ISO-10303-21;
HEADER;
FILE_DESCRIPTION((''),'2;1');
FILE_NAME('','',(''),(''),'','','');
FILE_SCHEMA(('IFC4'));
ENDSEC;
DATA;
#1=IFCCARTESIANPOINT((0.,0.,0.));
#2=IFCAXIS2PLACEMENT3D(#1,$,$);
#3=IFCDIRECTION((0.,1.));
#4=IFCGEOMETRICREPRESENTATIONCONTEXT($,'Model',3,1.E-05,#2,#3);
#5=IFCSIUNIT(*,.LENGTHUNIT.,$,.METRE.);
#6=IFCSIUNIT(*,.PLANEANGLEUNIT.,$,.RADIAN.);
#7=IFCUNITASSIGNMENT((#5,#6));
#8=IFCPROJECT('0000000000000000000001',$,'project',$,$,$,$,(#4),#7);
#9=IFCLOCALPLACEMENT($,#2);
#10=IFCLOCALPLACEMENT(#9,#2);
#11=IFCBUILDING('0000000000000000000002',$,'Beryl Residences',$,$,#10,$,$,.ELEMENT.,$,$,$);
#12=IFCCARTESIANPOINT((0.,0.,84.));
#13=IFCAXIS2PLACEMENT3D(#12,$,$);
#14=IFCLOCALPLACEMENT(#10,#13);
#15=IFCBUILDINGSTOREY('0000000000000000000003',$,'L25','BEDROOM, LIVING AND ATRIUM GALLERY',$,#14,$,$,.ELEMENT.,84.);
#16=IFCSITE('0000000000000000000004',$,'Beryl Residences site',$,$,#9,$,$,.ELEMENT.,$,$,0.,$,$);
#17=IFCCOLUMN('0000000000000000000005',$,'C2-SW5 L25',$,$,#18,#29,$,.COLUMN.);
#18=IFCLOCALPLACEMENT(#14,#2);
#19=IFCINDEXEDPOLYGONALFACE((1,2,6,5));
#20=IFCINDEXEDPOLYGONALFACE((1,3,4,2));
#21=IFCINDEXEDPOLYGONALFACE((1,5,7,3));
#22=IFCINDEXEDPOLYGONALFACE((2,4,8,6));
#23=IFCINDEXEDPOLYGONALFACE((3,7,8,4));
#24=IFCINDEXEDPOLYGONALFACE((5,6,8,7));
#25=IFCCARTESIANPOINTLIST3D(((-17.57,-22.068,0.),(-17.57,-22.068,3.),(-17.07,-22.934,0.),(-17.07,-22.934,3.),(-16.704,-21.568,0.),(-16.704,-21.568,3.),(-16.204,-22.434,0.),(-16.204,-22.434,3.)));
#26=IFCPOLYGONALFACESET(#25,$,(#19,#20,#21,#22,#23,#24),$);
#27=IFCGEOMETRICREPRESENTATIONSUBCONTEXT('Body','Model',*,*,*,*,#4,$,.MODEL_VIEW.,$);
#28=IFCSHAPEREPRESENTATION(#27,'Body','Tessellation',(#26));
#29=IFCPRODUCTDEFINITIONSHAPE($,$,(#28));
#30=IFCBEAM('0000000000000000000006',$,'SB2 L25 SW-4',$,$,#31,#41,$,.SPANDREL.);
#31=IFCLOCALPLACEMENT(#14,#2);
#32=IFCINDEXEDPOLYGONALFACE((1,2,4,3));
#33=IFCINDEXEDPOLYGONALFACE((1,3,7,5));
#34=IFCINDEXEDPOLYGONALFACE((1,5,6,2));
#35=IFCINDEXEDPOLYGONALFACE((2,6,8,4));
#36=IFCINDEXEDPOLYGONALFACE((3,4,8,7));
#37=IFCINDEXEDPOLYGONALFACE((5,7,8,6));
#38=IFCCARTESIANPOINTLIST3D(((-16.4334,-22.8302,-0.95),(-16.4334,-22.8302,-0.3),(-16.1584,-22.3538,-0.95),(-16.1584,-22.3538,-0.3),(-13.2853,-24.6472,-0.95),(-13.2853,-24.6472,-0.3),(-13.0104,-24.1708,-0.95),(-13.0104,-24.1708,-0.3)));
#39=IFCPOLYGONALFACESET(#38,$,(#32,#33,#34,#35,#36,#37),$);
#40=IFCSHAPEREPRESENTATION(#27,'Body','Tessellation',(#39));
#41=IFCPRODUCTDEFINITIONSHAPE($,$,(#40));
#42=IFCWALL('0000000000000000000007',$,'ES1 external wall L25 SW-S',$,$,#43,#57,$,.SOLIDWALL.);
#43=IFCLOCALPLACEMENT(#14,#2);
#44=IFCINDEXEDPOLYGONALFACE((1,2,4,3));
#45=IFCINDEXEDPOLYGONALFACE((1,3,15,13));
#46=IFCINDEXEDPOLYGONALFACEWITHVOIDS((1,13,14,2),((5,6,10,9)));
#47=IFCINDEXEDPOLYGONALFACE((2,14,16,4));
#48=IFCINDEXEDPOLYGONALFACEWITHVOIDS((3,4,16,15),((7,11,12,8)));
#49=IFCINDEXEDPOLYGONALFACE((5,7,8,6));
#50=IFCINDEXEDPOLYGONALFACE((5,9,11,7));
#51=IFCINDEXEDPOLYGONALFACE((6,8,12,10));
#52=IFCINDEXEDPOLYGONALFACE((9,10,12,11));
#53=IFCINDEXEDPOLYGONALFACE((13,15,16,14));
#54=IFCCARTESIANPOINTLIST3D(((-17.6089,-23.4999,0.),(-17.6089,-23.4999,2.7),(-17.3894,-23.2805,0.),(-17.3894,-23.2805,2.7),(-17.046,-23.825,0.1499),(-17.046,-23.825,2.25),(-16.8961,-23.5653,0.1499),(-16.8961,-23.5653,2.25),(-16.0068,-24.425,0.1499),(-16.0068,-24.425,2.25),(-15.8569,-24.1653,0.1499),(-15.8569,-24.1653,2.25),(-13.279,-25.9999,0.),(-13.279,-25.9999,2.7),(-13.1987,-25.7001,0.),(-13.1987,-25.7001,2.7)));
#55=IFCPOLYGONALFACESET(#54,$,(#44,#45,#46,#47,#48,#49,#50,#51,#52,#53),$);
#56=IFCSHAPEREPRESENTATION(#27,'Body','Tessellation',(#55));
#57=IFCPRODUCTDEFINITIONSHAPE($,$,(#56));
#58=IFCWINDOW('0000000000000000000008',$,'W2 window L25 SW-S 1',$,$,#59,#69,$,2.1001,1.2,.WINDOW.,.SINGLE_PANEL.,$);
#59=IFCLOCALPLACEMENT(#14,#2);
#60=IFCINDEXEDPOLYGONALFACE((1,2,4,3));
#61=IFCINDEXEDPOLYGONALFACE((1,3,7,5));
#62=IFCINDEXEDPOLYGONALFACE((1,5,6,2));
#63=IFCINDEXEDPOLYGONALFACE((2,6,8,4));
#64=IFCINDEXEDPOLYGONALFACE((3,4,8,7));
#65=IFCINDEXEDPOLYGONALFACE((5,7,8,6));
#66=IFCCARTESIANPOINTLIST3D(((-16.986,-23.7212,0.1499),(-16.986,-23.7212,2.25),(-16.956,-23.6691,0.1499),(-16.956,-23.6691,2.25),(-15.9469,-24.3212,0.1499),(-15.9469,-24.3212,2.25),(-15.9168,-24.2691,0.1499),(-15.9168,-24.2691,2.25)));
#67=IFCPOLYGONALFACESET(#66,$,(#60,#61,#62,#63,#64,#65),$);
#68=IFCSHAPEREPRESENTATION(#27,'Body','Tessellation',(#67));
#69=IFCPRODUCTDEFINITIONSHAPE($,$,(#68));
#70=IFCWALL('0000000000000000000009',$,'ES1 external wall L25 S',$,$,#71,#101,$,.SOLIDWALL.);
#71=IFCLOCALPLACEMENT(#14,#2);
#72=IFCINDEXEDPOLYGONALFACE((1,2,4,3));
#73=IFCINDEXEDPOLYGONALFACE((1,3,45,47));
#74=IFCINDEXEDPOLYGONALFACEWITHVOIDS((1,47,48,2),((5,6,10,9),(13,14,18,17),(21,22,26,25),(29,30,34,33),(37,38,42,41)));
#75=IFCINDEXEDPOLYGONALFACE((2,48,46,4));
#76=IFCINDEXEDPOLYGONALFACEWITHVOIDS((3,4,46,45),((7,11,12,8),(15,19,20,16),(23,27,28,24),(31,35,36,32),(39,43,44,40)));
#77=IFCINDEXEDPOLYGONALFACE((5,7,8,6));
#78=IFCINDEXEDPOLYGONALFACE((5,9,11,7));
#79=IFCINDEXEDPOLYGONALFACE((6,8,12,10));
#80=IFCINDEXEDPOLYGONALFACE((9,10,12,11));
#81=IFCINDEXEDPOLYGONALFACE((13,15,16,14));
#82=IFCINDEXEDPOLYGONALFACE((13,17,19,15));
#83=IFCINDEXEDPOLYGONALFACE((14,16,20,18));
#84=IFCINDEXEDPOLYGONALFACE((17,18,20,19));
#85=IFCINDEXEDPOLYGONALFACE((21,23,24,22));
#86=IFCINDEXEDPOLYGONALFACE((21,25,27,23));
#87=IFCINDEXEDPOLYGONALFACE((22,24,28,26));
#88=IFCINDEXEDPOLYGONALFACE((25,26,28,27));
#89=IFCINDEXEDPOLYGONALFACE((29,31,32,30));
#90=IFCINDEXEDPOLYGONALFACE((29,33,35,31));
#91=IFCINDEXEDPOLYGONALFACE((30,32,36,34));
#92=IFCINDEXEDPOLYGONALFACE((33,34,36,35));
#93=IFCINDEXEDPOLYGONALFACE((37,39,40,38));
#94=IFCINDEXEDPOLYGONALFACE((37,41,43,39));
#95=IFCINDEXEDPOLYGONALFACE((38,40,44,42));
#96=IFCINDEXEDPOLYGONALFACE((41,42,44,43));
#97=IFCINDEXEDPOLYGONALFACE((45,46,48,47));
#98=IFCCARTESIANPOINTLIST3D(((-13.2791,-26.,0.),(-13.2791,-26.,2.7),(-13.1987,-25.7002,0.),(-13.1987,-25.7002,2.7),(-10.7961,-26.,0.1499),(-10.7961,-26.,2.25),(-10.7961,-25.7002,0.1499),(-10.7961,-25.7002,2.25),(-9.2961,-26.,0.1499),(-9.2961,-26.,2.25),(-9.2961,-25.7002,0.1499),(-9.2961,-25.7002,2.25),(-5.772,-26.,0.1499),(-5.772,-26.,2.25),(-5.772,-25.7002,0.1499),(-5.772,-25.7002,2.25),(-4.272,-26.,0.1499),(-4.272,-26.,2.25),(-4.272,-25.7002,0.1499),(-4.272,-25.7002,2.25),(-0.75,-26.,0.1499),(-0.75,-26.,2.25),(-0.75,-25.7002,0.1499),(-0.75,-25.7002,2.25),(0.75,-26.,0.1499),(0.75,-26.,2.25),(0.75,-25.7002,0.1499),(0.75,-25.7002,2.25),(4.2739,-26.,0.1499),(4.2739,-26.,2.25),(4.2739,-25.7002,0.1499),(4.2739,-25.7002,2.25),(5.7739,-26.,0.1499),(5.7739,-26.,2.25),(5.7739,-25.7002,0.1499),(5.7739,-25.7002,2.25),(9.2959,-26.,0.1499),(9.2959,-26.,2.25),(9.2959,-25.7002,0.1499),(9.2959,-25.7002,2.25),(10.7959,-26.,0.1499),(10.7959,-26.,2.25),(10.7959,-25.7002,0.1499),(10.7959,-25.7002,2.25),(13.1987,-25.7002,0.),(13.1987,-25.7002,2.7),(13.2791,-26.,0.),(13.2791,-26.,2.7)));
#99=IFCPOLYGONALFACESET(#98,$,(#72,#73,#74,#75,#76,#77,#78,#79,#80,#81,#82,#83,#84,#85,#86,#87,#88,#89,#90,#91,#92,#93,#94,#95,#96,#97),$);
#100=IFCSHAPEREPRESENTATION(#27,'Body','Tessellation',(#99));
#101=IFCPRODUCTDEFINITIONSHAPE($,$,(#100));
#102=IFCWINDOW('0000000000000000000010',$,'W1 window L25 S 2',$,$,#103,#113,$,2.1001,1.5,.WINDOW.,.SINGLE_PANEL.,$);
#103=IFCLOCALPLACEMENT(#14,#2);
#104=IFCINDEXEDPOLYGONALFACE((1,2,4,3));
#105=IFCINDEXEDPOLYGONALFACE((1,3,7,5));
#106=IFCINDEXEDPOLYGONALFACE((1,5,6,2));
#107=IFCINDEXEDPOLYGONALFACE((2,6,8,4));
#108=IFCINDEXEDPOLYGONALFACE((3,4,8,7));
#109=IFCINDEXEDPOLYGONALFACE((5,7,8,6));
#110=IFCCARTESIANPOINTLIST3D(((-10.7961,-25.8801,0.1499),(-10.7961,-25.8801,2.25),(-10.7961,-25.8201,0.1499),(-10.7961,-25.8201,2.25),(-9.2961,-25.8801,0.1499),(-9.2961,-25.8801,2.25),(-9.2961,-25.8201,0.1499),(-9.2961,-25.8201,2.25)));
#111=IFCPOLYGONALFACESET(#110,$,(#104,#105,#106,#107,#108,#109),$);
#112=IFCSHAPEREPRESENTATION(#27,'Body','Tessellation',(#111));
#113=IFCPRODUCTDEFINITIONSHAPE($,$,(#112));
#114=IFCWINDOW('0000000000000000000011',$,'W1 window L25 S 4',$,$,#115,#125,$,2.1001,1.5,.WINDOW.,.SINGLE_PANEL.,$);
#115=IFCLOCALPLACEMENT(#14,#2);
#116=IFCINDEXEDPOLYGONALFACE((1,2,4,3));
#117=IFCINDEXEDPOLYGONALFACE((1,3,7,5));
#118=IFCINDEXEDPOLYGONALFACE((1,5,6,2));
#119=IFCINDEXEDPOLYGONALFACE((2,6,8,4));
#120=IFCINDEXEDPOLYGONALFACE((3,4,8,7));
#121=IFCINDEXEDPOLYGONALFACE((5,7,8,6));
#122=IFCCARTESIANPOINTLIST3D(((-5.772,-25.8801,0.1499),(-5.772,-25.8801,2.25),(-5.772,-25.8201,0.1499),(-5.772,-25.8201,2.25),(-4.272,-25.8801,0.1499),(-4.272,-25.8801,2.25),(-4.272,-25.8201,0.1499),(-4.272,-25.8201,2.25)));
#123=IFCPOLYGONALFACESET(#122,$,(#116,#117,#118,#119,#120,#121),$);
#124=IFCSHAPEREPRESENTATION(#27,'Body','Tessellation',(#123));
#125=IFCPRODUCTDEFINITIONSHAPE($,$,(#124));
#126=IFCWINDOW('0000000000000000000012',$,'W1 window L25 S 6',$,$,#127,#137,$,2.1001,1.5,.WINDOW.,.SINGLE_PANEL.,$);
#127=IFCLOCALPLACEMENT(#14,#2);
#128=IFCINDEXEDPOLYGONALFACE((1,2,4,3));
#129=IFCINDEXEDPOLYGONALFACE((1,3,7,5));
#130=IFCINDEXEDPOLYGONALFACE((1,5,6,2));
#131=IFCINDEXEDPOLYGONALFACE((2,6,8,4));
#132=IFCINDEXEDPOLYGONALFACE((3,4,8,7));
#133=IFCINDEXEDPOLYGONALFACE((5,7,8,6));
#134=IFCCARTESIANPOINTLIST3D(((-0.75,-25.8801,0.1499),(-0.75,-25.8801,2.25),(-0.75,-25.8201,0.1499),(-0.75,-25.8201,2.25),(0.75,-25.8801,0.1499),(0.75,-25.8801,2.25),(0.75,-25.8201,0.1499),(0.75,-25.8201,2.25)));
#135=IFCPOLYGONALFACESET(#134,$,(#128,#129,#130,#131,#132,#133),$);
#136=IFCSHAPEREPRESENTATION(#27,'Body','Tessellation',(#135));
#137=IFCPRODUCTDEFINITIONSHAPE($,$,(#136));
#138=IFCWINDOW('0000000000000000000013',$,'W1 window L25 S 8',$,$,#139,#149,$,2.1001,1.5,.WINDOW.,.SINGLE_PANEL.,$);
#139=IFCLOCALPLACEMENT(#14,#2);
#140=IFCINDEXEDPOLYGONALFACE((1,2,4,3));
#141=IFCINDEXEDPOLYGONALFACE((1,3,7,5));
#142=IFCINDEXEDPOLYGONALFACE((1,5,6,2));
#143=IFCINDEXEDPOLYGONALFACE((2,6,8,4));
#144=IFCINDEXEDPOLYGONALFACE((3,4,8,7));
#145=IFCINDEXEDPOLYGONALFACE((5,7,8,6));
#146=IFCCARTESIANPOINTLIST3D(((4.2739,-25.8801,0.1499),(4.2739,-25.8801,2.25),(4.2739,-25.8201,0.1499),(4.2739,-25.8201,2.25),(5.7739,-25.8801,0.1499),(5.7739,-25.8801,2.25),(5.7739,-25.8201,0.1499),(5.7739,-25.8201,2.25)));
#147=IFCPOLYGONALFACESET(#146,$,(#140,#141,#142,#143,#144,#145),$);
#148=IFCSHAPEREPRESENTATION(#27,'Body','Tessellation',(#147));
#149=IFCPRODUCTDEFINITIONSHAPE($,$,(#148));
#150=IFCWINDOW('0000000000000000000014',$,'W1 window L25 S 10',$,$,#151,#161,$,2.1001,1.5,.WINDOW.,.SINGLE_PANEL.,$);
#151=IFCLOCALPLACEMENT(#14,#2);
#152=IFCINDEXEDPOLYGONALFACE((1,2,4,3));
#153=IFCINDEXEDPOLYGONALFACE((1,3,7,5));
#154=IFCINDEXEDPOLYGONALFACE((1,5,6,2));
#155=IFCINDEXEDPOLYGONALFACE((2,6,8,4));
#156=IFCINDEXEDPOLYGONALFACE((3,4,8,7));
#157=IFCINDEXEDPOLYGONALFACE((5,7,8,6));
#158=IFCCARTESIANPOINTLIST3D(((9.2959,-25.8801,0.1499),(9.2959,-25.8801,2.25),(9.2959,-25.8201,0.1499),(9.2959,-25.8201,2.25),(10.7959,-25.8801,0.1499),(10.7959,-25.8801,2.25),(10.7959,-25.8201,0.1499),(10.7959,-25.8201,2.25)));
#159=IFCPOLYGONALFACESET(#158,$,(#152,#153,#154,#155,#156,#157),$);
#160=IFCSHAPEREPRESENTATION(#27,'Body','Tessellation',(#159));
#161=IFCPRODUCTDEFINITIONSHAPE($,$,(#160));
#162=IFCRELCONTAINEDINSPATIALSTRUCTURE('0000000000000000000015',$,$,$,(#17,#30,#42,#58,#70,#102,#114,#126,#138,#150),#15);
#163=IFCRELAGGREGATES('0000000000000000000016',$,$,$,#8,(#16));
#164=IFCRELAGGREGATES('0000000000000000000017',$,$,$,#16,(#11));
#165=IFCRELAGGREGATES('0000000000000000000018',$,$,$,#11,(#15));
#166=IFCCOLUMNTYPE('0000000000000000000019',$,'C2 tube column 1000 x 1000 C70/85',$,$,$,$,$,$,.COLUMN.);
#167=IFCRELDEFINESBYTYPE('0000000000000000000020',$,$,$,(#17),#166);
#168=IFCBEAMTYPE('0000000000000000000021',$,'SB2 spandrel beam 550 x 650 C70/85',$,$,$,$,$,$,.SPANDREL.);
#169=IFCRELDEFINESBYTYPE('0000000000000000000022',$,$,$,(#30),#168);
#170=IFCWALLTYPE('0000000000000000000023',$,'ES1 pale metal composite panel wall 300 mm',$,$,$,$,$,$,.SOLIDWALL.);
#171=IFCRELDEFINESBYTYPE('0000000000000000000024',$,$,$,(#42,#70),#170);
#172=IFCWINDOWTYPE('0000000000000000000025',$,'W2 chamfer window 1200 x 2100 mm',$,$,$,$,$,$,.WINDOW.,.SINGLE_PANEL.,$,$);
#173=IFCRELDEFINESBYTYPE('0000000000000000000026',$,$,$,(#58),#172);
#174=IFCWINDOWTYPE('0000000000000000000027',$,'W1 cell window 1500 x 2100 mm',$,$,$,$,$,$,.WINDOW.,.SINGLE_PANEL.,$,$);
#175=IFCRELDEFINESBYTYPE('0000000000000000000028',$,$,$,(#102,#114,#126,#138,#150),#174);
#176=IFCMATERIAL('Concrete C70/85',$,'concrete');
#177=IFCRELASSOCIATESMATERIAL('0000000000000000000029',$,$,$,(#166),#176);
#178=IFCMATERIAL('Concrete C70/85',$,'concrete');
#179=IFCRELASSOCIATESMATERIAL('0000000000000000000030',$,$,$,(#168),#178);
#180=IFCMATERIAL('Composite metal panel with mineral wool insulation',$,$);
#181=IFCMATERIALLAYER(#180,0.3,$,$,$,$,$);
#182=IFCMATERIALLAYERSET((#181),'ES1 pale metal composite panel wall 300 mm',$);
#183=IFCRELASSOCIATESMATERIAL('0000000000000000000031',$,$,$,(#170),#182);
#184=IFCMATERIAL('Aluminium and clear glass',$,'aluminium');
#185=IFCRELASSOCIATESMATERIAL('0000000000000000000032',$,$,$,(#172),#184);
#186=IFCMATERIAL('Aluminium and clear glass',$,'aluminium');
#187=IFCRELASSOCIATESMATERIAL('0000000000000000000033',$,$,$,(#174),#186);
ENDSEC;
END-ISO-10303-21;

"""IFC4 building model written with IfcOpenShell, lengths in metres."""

from ifc_helpers import new_model, si_unit, direction, frame, frame_2d, origin, origin_2d, place, context, subcontext, project, spatial, polyline, rectangle, outline, extrude, material, layer, layer_set, material_profile, profile_set, type_object, element, fill, save


model = new_model("IFC4")

# Units and contexts
model_context = context("Model", 3, precision=1e-05, world=origin(), true_north=direction((0.0, 1.0)))
body_context = subcontext(model_context, "Body", "Model", "MODEL_VIEW")
ifc_project = project(units=[si_unit("LENGTHUNIT", "METRE"), si_unit("PLANEANGLEUNIT", "RADIAN")], contexts=[model_context])

# Site, building, storey
site_placement = place(None, origin())
site = spatial("IfcSite", under=ifc_project, at=site_placement, Name="Beryl Residences site", CompositionType="ELEMENT", RefElevation=0.0)
building_placement = place(site_placement, origin())
building = spatial("IfcBuilding", under=site, at=building_placement, Name="Beryl Residences", CompositionType="ELEMENT")
storey_placement = place(building_placement, frame((0.0, 0.0, 84.0)))
storey = spatial("IfcBuildingStorey", under=building, at=storey_placement, Name="L25", Description="BEDROOM, LIVING AND ATRIUM GALLERY", CompositionType="ELEMENT", Elevation=84.0)

# Column
ifc_material_1 = material(Name="Concrete C70/85", Category="concrete")
ifc_material_profile_1 = material_profile(ifc_material_1, rectangle(XDim=1.0, YDim=1.0, at=origin_2d()))
ifc_profile_set_1 = profile_set([ifc_material_profile_1], Name="Concrete C70/85")
column_type = type_object("IfcColumnType", Name="C2 tube column 1000 x 1000 C70/85", PredefinedType="COLUMN", material=ifc_profile_set_1)
column_placement = place(storey_placement, frame((-16.887, -22.251, 0.0), z_axis=(0.0, 0.0, 1.0), x_axis=(0.5, -0.866025, 0.0)))
element("IfcColumn", 1, at=column_placement, inside=storey, type_object=column_type, Name="C2-SW5 L25", PredefinedType="COLUMN", context=body_context, shape_type="SweptSolid", body=[
    extrude(rectangle(XDim=1.0, YDim=1.0, at=origin_2d()), origin(), (0.0, 0.0, 1.0), 3.0),
])

# Beam
ifc_material_2 = material(Name="Concrete C70/85", Category="concrete")
ifc_material_profile_2 = material_profile(ifc_material_2, rectangle(XDim=0.55, YDim=0.6499, at=origin_2d()))
ifc_profile_set_2 = profile_set([ifc_material_profile_2], Name="Concrete C70/85")
beam_type = type_object("IfcBeamType", Name="SB2 spandrel beam 550 x 650 C70/85", PredefinedType="SPANDREL", material=ifc_profile_set_2)
beam_placement = place(storey_placement, frame((-16.2959, -22.592, -0.625), z_axis=(0.866094, -0.499881, 0.0), x_axis=(0.499881, 0.866094, 0.0)))
element("IfcBeam", 2, at=beam_placement, inside=storey, type_object=beam_type, Name="SB2 L25 SW-4", PredefinedType="SPANDREL", context=body_context, shape_type="SweptSolid", body=[
    extrude(rectangle(XDim=0.55, YDim=0.6499, at=origin_2d()), origin(), (0.0, 0.0, 1.0), 3.6348),
])

# Wall, opening, window
ifc_material_3 = material(Name="Composite metal panel with mineral wool insulation")
ifc_layer_1 = layer(ifc_material_3, 0.3)
ifc_layer_set_1 = layer_set([ifc_layer_1], Name="ES1 pale metal composite panel wall 300 mm")
wall_type_1 = type_object("IfcWallType", Name="ES1 pale metal composite panel wall 300 mm", PredefinedType="SOLIDWALL", material=ifc_layer_set_1)
wall_1_placement = place(storey_placement, frame((-17.5339, -23.3701, 0.0), z_axis=(0.0, 0.0, 1.0), x_axis=(0.866011, -0.500025, 0.0)))
wall_1 = element("IfcWall", 3, at=wall_1_placement, inside=storey, type_object=wall_type_1, Name="ES1 external wall L25 SW-S", PredefinedType="SOLIDWALL", context=body_context, shape_type="SweptSolid", body=[
    extrude(outline(polyline([(0.0, -0.1499), (4.9998, -0.1499), (4.9194, 0.1499), (0.0803, 0.1499), (0.0, -0.1499)])), origin(), (0.0, 0.0, 1.0), 2.7),
])
opening_1_placement = place(wall_1_placement, frame((0.6499, 0.0, 0.1499)))
opening_1 = element("IfcOpeningElement", 4, at=opening_1_placement, cuts=wall_1, PredefinedType="OPENING", context=body_context, shape_type="SweptSolid", body=[
    extrude(rectangle(XDim=1.2, YDim=2.1001, at=frame_2d((0.6001, 1.05))), frame((0.0, 0.1599, 0.0), z_axis=(0.0, -1.0, 0.0), x_axis=(1.0, 0.0, 0.0)), (0.0, 0.0, 1.0), 0.3201),
])
ifc_material_4 = material(Name="Aluminium and clear glass", Category="aluminium")
window_type_1 = type_object("IfcWindowType", Name="W2 chamfer window 1200 x 2100 mm", PartitioningType="SINGLE_PANEL", PredefinedType="WINDOW", material=ifc_material_4)
window_1_placement = place(opening_1_placement, origin())
window_1 = element("IfcWindow", 5, at=window_1_placement, inside=storey, type_object=window_type_1, Name="W2 window L25 SW-S 1", OverallHeight=2.1001, OverallWidth=1.2, PartitioningType="SINGLE_PANEL", PredefinedType="WINDOW", context=body_context, shape_type="SweptSolid", body=[
    extrude(rectangle(XDim=1.2, YDim=2.1001, at=frame_2d((0.6001, 1.05))), frame((0.0, 0.03, 0.0), z_axis=(0.0, -1.0, 0.0), x_axis=(1.0, 0.0, 0.0)), (0.0, 0.0, 1.0), 0.0601),
])
fill(opening_1, window_1)

# Wall, openings, windows
wall_2_placement = place(storey_placement, frame((-13.2791, -25.8501, 0.0), z_axis=(0.0, 0.0, 1.0), x_axis=(1.0, 0.0, 0.0)))
wall_2 = element("IfcWall", 6, at=wall_2_placement, inside=storey, type_object=wall_type_1, Name="ES1 external wall L25 S", PredefinedType="SOLIDWALL", context=body_context, shape_type="SweptSolid", body=[
    extrude(outline(polyline([(0.0, -0.1499), (26.5581, -0.1499), (26.4778, 0.1499), (0.0803, 0.1499), (0.0, -0.1499)])), origin(), (0.0, 0.0, 1.0), 2.7),
])
opening_2_placement = place(wall_2_placement, frame((2.4829, 0.0, 0.1499)))
opening_2 = element("IfcOpeningElement", 7, at=opening_2_placement, cuts=wall_2, PredefinedType="OPENING", context=body_context, shape_type="SweptSolid", body=[
    extrude(rectangle(XDim=1.5, YDim=2.1001, at=frame_2d((0.75, 1.05))), frame((0.0, 0.1599, 0.0), z_axis=(0.0, -1.0, 0.0), x_axis=(1.0, 0.0, 0.0)), (0.0, 0.0, 1.0), 0.3201),
])
opening_3_placement = place(wall_2_placement, frame((7.5071, 0.0, 0.1499)))
opening_3 = element("IfcOpeningElement", 8, at=opening_3_placement, cuts=wall_2, PredefinedType="OPENING", context=body_context, shape_type="SweptSolid", body=[
    extrude(rectangle(XDim=1.5, YDim=2.1001, at=frame_2d((0.75, 1.05))), frame((0.0, 0.1599, 0.0), z_axis=(0.0, -1.0, 0.0), x_axis=(1.0, 0.0, 0.0)), (0.0, 0.0, 1.0), 0.3201),
])
opening_4_placement = place(wall_2_placement, frame((12.5291, 0.0, 0.1499)))
opening_4 = element("IfcOpeningElement", 9, at=opening_4_placement, cuts=wall_2, PredefinedType="OPENING", context=body_context, shape_type="SweptSolid", body=[
    extrude(rectangle(XDim=1.5, YDim=2.1001, at=frame_2d((0.75, 1.05))), frame((0.0, 0.1599, 0.0), z_axis=(0.0, -1.0, 0.0), x_axis=(1.0, 0.0, 0.0)), (0.0, 0.0, 1.0), 0.3201),
])
opening_5_placement = place(wall_2_placement, frame((17.553, 0.0, 0.1499)))
opening_5 = element("IfcOpeningElement", 10, at=opening_5_placement, cuts=wall_2, PredefinedType="OPENING", context=body_context, shape_type="SweptSolid", body=[
    extrude(rectangle(XDim=1.5, YDim=2.1001, at=frame_2d((0.75, 1.05))), frame((0.0, 0.1599, 0.0), z_axis=(0.0, -1.0, 0.0), x_axis=(1.0, 0.0, 0.0)), (0.0, 0.0, 1.0), 0.3201),
])
opening_6_placement = place(wall_2_placement, frame((22.575, 0.0, 0.1499)))
opening_6 = element("IfcOpeningElement", 11, at=opening_6_placement, cuts=wall_2, PredefinedType="OPENING", context=body_context, shape_type="SweptSolid", body=[
    extrude(rectangle(XDim=1.5, YDim=2.1001, at=frame_2d((0.75, 1.05))), frame((0.0, 0.1599, 0.0), z_axis=(0.0, -1.0, 0.0), x_axis=(1.0, 0.0, 0.0)), (0.0, 0.0, 1.0), 0.3201),
])
ifc_material_5 = material(Name="Aluminium and clear glass", Category="aluminium")
window_type_2 = type_object("IfcWindowType", Name="W1 cell window 1500 x 2100 mm", PartitioningType="SINGLE_PANEL", PredefinedType="WINDOW", material=ifc_material_5)
window_2_placement = place(opening_2_placement, origin())
window_2 = element("IfcWindow", 12, at=window_2_placement, inside=storey, type_object=window_type_2, Name="W1 window L25 S 2", OverallHeight=2.1001, OverallWidth=1.5, PartitioningType="SINGLE_PANEL", PredefinedType="WINDOW", context=body_context, shape_type="SweptSolid", body=[
    extrude(rectangle(XDim=1.5, YDim=2.1001, at=frame_2d((0.75, 1.05))), frame((0.0, 0.03, 0.0), z_axis=(0.0, -1.0, 0.0), x_axis=(1.0, 0.0, 0.0)), (0.0, 0.0, 1.0), 0.0601),
])
fill(opening_2, window_2)
window_3_placement = place(opening_3_placement, origin())
window_3 = element("IfcWindow", 13, at=window_3_placement, inside=storey, type_object=window_type_2, Name="W1 window L25 S 4", OverallHeight=2.1001, OverallWidth=1.5, PartitioningType="SINGLE_PANEL", PredefinedType="WINDOW", context=body_context, shape_type="SweptSolid", body=[
    extrude(rectangle(XDim=1.5, YDim=2.1001, at=frame_2d((0.75, 1.05))), frame((0.0, 0.03, 0.0), z_axis=(0.0, -1.0, 0.0), x_axis=(1.0, 0.0, 0.0)), (0.0, 0.0, 1.0), 0.0601),
])
fill(opening_3, window_3)
window_4_placement = place(opening_4_placement, origin())
window_4 = element("IfcWindow", 14, at=window_4_placement, inside=storey, type_object=window_type_2, Name="W1 window L25 S 6", OverallHeight=2.1001, OverallWidth=1.5, PartitioningType="SINGLE_PANEL", PredefinedType="WINDOW", context=body_context, shape_type="SweptSolid", body=[
    extrude(rectangle(XDim=1.5, YDim=2.1001, at=frame_2d((0.75, 1.05))), frame((0.0, 0.03, 0.0), z_axis=(0.0, -1.0, 0.0), x_axis=(1.0, 0.0, 0.0)), (0.0, 0.0, 1.0), 0.0601),
])
fill(opening_4, window_4)
window_5_placement = place(opening_5_placement, origin())
window_5 = element("IfcWindow", 15, at=window_5_placement, inside=storey, type_object=window_type_2, Name="W1 window L25 S 8", OverallHeight=2.1001, OverallWidth=1.5, PartitioningType="SINGLE_PANEL", PredefinedType="WINDOW", context=body_context, shape_type="SweptSolid", body=[
    extrude(rectangle(XDim=1.5, YDim=2.1001, at=frame_2d((0.75, 1.05))), frame((0.0, 0.03, 0.0), z_axis=(0.0, -1.0, 0.0), x_axis=(1.0, 0.0, 0.0)), (0.0, 0.0, 1.0), 0.0601),
])
fill(opening_5, window_5)
window_6_placement = place(opening_6_placement, origin())
window_6 = element("IfcWindow", 16, at=window_6_placement, inside=storey, type_object=window_type_2, Name="W1 window L25 S 10", OverallHeight=2.1001, OverallWidth=1.5, PartitioningType="SINGLE_PANEL", PredefinedType="WINDOW", context=body_context, shape_type="SweptSolid", body=[
    extrude(rectangle(XDim=1.5, YDim=2.1001, at=frame_2d((0.75, 1.05))), frame((0.0, 0.03, 0.0), z_axis=(0.0, -1.0, 0.0), x_axis=(1.0, 0.0, 0.0)), (0.0, 0.0, 1.0), 0.0601),
])
fill(opening_6, window_6)

save(model, "model.ifc")
